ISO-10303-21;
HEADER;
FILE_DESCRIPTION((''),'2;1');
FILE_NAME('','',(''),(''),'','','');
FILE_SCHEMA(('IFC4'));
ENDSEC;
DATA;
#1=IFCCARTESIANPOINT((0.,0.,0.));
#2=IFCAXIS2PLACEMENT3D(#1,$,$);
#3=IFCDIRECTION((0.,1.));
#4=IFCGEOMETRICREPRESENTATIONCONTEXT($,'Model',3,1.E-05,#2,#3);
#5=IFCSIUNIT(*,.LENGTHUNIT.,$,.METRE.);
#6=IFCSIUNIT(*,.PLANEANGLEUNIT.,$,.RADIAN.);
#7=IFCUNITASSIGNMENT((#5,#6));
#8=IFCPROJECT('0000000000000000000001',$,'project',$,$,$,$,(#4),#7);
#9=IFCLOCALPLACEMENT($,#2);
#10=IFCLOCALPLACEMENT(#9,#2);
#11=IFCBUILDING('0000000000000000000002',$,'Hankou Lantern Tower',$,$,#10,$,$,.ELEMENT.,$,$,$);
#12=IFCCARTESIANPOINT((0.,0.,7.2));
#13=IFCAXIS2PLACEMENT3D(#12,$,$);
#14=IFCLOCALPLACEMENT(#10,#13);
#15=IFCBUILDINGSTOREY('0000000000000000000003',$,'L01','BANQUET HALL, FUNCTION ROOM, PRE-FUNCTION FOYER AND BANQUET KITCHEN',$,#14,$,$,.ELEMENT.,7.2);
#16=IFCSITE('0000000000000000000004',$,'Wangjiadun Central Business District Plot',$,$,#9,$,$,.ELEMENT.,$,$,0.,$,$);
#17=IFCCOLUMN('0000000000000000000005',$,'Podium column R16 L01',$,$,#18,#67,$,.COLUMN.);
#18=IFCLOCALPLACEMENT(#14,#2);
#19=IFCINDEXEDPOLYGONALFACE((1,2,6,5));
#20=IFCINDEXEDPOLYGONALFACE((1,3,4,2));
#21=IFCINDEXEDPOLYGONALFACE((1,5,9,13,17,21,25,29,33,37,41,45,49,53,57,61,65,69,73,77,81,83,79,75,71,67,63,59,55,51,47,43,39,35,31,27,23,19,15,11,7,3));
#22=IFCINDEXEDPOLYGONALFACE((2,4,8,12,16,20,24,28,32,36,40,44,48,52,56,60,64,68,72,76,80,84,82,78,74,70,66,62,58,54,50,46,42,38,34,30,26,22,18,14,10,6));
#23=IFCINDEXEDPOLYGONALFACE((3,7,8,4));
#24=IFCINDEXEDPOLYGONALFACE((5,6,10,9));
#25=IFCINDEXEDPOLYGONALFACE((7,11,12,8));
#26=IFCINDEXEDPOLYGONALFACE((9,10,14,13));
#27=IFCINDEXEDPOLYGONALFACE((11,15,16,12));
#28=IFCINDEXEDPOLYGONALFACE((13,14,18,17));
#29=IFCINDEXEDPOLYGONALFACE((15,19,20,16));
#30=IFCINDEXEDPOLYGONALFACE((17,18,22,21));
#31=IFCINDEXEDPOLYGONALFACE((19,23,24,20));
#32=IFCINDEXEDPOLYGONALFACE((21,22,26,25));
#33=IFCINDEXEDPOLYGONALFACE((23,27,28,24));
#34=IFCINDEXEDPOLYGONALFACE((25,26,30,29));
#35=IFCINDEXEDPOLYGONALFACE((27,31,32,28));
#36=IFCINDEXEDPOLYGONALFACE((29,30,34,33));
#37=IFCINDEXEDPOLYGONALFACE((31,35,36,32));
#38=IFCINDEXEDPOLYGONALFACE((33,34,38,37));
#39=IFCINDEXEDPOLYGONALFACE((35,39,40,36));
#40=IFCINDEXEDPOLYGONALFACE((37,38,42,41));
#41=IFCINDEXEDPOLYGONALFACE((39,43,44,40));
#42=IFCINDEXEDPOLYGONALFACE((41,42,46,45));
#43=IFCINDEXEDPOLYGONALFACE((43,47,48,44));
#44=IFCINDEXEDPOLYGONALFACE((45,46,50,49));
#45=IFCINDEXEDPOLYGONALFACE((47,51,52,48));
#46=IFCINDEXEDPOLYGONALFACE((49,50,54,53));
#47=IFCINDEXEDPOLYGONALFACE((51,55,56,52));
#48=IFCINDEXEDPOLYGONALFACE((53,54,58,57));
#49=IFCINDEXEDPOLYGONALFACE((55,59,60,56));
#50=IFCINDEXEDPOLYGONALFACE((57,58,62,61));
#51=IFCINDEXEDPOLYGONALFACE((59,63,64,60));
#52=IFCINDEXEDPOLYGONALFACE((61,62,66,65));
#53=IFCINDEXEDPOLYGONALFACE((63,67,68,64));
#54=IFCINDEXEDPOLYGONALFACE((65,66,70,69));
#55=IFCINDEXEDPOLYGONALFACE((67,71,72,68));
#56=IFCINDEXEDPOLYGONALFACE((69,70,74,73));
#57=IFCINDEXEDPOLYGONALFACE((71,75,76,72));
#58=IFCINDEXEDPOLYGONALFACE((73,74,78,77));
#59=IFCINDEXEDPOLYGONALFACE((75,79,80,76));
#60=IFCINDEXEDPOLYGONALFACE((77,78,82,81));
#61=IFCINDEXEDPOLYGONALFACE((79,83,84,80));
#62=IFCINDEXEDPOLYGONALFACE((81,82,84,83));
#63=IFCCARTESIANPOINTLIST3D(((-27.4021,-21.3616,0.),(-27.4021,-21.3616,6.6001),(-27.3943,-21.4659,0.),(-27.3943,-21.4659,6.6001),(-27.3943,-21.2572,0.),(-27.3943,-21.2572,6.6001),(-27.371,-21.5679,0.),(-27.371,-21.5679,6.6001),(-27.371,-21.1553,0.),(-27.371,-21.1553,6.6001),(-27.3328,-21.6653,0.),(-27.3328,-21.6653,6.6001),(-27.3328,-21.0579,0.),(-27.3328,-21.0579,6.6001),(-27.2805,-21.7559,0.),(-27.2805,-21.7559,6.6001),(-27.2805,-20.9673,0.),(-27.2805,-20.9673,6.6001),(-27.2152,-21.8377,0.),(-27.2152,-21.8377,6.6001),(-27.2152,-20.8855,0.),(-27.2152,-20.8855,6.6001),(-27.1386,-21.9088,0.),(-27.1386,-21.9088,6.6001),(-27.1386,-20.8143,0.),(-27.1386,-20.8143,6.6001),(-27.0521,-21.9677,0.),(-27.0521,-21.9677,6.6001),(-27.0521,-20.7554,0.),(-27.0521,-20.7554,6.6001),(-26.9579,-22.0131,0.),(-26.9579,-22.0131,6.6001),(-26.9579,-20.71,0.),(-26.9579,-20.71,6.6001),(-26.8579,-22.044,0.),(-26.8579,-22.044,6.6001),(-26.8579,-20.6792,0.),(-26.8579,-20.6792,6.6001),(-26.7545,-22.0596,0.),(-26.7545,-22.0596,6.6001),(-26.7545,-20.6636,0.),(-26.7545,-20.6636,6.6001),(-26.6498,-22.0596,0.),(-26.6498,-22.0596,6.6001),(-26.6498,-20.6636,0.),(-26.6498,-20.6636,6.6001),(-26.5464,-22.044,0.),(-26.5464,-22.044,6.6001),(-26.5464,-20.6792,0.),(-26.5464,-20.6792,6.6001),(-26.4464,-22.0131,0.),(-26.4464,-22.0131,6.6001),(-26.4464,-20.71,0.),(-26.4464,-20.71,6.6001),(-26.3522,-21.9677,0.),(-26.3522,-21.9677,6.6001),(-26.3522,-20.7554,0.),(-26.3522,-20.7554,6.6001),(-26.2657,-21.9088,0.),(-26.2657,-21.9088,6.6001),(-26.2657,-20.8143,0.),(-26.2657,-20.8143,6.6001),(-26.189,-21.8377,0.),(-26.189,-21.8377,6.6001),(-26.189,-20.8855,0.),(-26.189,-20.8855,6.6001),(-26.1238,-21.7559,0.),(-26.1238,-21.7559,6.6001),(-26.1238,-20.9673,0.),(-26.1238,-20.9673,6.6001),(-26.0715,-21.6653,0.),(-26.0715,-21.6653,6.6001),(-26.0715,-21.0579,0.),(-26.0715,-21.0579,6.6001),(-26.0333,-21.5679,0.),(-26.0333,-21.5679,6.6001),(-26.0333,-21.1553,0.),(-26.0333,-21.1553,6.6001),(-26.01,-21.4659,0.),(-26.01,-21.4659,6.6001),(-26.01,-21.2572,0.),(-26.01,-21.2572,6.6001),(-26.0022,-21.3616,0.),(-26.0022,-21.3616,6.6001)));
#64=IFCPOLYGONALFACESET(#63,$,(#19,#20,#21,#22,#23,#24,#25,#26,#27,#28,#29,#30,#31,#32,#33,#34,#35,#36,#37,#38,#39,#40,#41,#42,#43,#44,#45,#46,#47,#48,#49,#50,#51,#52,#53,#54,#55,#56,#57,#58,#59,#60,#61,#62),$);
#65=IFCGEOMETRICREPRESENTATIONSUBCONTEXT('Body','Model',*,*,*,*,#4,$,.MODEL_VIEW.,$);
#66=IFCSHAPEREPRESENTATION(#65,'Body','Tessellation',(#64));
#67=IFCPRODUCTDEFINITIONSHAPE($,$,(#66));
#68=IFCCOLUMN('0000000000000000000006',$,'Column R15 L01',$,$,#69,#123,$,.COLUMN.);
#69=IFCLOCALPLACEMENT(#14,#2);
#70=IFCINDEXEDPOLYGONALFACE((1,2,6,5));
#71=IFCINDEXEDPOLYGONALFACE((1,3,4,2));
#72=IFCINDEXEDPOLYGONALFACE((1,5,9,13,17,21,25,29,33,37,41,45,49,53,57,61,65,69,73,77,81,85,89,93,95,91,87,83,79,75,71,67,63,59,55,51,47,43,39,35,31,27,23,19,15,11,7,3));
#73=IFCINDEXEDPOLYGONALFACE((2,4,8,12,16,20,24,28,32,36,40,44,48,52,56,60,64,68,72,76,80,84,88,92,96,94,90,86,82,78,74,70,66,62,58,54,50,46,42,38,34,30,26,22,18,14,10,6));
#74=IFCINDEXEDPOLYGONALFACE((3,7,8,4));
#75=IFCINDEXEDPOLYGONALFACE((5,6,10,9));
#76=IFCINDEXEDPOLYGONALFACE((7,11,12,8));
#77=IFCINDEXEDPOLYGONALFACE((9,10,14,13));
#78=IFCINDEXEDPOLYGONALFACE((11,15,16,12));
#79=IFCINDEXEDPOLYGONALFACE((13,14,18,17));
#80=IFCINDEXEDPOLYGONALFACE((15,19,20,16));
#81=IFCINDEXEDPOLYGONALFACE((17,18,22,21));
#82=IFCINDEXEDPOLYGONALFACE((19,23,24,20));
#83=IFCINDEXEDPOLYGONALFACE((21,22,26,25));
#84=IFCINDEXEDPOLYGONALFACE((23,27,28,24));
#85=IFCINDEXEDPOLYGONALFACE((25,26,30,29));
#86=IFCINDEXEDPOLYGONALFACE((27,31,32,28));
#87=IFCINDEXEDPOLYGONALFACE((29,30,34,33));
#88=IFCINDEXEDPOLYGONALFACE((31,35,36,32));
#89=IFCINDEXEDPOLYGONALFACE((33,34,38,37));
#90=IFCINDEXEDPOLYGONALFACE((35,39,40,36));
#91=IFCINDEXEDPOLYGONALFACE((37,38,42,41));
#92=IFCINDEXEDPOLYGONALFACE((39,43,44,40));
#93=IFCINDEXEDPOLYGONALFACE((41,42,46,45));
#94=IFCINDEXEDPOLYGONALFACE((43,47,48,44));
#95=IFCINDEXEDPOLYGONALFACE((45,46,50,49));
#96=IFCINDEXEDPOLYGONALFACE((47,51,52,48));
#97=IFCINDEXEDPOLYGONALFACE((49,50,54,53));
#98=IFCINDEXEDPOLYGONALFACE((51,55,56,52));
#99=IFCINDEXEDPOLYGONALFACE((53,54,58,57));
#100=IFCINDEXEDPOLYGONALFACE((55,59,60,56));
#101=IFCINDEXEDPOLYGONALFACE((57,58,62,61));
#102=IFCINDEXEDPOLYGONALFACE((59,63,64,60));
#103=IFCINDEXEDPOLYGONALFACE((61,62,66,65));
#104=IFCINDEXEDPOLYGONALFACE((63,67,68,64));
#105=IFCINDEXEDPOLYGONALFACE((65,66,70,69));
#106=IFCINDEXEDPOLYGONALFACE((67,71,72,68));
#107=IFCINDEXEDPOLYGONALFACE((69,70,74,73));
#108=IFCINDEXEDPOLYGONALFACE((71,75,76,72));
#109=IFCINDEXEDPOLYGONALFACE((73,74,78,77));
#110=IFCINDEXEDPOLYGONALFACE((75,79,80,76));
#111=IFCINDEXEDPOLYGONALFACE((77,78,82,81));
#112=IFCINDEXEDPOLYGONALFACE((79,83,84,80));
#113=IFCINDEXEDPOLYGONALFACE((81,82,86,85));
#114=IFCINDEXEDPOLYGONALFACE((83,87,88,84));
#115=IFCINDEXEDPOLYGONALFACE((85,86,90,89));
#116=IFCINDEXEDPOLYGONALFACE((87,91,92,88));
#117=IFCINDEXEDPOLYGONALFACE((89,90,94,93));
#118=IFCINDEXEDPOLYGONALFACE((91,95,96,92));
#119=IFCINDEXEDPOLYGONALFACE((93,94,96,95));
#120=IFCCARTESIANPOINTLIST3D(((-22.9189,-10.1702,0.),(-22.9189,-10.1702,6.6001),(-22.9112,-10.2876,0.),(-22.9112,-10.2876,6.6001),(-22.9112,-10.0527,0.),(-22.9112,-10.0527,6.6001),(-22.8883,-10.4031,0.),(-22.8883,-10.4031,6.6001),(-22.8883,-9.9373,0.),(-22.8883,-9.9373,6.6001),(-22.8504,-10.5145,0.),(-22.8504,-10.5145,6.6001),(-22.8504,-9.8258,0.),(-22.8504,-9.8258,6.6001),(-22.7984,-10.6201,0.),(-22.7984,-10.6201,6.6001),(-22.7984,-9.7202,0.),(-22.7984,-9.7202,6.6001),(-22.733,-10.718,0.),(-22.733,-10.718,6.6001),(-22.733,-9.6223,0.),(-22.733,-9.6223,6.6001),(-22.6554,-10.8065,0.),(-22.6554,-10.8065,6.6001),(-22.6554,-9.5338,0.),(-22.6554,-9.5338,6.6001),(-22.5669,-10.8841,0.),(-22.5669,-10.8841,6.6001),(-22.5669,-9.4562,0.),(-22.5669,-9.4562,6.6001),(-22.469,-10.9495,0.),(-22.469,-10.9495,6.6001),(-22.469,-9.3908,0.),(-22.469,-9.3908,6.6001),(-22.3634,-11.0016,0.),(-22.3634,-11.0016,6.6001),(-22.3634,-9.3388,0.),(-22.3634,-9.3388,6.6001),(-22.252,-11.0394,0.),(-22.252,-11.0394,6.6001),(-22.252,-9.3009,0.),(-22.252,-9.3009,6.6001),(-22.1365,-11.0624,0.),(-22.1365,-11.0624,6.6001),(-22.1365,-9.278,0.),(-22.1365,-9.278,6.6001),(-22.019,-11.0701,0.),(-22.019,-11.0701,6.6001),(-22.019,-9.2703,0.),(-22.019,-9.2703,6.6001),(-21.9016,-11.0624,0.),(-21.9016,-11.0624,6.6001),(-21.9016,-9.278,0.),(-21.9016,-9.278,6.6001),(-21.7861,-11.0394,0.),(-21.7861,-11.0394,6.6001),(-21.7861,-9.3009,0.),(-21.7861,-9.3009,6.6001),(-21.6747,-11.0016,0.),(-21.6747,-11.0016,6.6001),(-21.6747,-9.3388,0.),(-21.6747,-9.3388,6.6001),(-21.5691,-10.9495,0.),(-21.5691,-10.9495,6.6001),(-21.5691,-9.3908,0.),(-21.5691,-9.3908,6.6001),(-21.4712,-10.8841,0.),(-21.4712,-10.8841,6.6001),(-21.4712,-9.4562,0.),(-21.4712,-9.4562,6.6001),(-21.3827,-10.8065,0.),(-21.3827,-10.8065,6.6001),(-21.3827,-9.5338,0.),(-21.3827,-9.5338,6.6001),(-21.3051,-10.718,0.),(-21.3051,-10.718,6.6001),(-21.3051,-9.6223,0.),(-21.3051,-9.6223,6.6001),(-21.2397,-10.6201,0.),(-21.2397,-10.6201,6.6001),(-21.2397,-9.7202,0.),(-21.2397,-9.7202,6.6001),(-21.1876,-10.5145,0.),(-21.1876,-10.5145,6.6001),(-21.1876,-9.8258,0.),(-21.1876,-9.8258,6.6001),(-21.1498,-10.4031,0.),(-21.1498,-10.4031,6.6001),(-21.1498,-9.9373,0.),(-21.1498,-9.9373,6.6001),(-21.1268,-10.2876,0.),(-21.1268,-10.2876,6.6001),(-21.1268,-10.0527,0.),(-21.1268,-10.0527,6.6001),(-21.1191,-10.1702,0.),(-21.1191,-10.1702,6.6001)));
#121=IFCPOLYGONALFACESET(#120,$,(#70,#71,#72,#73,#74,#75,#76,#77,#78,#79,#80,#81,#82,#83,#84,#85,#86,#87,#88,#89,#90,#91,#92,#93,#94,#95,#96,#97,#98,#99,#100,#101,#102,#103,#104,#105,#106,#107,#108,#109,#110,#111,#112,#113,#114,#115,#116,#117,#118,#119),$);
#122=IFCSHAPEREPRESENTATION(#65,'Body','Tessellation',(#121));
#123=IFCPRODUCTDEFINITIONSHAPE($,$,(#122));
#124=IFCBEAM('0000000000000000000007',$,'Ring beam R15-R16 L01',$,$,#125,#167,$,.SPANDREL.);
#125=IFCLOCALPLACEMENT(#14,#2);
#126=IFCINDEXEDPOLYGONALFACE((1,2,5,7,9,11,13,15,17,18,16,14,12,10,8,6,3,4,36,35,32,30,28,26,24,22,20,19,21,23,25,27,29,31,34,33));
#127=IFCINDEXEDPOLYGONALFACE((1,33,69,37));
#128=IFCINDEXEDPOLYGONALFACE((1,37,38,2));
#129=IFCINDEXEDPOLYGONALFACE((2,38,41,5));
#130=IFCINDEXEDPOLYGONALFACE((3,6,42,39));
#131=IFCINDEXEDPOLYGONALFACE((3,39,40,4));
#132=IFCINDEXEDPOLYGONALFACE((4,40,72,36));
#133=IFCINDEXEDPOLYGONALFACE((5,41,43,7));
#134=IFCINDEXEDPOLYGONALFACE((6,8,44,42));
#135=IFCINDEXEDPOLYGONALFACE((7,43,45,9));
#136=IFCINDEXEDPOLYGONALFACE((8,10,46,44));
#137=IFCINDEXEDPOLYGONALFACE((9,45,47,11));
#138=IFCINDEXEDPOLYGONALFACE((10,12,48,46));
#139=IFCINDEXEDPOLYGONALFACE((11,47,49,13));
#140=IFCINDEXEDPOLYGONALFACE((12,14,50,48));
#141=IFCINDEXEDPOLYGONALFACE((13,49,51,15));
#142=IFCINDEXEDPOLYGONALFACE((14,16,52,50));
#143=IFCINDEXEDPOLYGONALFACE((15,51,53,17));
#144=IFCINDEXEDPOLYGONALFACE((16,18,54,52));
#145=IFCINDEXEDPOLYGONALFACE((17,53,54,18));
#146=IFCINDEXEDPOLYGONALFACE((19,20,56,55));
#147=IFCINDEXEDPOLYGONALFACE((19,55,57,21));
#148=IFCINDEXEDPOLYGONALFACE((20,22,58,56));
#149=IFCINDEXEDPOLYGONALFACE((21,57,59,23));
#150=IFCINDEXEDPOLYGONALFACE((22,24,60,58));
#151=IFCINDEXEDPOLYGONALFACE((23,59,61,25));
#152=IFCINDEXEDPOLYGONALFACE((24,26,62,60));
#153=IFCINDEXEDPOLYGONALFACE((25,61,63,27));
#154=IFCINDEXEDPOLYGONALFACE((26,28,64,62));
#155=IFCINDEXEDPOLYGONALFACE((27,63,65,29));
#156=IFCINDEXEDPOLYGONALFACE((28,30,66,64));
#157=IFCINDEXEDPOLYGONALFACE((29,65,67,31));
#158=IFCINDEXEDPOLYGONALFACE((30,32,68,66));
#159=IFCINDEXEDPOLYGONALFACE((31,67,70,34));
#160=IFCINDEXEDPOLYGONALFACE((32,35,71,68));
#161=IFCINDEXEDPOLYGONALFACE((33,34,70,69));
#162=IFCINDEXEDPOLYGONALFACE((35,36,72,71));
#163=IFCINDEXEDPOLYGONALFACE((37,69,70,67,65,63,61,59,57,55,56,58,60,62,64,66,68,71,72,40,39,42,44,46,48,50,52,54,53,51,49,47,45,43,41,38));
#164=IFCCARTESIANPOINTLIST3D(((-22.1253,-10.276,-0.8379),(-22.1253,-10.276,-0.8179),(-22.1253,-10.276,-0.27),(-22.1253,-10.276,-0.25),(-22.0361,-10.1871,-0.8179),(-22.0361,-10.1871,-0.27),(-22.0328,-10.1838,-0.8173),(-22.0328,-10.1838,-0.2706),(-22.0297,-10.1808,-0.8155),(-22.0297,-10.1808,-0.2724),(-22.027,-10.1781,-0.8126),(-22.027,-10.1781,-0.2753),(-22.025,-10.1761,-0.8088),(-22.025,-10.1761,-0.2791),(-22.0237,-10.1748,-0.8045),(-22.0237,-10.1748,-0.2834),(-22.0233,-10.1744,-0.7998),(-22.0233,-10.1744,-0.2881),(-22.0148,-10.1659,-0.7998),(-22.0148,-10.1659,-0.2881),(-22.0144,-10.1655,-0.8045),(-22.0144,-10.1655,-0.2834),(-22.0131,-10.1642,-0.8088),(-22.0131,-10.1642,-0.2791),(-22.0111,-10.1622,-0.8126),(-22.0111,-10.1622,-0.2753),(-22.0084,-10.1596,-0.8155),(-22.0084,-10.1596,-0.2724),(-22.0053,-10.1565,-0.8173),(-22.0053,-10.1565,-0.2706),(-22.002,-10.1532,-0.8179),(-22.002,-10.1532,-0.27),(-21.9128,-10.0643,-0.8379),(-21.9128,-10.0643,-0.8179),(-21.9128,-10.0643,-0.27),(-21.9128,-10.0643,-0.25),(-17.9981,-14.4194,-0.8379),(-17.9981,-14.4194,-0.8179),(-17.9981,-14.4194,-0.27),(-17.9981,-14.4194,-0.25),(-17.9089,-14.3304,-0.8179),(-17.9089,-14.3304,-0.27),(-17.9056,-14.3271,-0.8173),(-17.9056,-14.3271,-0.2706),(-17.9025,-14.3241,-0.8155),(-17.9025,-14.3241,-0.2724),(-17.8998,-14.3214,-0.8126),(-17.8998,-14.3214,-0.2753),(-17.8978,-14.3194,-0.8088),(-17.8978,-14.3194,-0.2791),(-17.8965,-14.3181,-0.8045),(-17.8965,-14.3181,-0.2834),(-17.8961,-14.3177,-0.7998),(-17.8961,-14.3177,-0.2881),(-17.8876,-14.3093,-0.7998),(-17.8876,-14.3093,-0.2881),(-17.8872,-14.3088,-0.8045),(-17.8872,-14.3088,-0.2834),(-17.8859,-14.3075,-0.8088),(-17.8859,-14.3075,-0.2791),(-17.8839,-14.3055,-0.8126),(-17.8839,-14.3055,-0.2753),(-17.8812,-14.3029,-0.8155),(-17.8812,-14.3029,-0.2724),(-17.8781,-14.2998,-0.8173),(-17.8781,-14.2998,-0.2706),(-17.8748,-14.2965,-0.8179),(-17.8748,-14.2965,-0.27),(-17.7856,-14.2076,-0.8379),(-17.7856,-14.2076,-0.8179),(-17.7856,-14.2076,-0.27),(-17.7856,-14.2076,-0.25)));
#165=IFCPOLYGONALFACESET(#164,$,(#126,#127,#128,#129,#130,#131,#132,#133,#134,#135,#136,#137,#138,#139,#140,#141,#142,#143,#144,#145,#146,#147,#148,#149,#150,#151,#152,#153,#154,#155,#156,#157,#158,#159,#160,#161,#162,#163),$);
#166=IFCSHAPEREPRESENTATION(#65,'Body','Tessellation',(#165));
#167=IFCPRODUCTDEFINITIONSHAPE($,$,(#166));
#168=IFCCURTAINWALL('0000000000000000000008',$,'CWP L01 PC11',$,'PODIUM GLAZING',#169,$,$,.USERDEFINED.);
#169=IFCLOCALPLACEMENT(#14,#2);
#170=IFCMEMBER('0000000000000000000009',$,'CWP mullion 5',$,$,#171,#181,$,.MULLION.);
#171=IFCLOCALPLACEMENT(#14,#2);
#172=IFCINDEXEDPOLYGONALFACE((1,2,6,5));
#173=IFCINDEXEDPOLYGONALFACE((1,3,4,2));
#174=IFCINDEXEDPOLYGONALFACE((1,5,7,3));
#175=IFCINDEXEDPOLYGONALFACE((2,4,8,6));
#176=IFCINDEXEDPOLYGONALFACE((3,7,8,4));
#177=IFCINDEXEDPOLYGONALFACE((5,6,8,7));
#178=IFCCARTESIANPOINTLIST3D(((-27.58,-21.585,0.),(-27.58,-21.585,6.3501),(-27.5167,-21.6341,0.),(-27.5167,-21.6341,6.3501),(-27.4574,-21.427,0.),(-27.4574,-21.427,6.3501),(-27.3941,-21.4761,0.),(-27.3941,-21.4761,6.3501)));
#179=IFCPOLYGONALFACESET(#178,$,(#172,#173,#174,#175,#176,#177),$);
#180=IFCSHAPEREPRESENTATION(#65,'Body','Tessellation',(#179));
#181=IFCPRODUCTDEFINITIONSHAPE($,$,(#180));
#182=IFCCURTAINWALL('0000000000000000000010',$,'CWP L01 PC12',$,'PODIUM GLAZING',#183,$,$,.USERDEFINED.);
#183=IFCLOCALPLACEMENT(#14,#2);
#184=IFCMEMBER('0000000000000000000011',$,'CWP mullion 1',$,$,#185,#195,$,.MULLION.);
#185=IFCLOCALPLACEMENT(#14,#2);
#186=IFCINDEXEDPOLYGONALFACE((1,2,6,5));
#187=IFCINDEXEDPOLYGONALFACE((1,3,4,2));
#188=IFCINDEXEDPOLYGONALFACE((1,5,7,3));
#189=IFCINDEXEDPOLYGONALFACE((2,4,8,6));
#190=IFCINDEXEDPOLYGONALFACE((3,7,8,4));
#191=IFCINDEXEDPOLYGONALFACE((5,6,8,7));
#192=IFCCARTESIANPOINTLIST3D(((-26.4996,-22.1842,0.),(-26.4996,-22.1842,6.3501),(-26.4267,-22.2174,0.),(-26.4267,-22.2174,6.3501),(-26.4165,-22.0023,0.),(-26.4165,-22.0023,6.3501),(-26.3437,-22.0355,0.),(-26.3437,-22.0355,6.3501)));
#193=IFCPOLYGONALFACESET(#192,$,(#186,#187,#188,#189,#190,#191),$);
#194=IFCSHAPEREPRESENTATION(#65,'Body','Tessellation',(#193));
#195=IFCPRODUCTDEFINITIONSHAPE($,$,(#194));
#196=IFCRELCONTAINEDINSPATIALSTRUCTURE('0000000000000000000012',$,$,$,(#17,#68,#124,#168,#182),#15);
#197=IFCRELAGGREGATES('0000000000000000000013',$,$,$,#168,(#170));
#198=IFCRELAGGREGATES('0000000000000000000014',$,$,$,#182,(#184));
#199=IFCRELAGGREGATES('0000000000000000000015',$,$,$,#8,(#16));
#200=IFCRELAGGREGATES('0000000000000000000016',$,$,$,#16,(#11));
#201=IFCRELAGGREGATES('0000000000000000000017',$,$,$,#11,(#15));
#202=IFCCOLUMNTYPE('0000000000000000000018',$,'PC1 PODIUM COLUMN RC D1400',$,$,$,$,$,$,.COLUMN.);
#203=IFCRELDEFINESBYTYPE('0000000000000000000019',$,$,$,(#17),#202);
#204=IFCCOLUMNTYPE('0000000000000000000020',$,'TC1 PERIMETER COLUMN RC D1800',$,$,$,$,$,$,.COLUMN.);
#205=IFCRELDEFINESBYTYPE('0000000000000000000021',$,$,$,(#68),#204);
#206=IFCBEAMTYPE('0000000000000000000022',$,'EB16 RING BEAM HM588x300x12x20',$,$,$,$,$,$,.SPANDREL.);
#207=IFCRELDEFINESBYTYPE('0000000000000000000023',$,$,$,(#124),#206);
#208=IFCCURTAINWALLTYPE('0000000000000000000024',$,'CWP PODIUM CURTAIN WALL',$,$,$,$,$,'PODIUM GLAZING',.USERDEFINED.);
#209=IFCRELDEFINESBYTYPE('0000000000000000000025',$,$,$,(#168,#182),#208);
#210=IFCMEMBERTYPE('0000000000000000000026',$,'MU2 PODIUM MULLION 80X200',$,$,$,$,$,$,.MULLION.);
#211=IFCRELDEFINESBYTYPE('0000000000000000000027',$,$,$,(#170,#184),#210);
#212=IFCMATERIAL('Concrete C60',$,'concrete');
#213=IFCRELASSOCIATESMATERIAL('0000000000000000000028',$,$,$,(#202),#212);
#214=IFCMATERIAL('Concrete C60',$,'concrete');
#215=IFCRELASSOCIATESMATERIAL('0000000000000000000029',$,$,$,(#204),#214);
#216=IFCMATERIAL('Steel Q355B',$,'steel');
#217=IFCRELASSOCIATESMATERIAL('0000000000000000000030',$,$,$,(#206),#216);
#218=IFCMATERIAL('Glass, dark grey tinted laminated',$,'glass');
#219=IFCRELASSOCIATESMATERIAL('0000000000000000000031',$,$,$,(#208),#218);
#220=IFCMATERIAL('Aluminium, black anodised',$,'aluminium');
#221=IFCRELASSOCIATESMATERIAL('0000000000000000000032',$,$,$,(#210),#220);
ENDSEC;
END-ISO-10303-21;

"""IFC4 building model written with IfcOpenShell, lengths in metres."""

from ifc_helpers import new_model, si_unit, direction, frame, origin, origin_2d, place, context, subcontext, project, spatial, rectangle, circle, i_section, extrude, material, material_profile, profile_set, type_object, element, aggregate, save


model = new_model("IFC4")

# Units and contexts
model_context = context("Model", 3, precision=1e-05, world=origin(), true_north=direction((0.0, 1.0)))
body_context = subcontext(model_context, "Body", "Model", "MODEL_VIEW")
ifc_project = project(units=[si_unit("LENGTHUNIT", "METRE"), si_unit("PLANEANGLEUNIT", "RADIAN")], contexts=[model_context])

# Site, building, storey
site_placement = place(None, origin())
site = spatial("IfcSite", under=ifc_project, at=site_placement, Name="Wangjiadun Central Business District Plot", CompositionType="ELEMENT", RefElevation=0.0)
building_placement = place(site_placement, origin())
building = spatial("IfcBuilding", under=site, at=building_placement, Name="Hankou Lantern Tower", CompositionType="ELEMENT")
storey_placement = place(building_placement, frame((0.0, 0.0, 7.2)))
storey = spatial("IfcBuildingStorey", under=building, at=storey_placement, Name="L01", Description="BANQUET HALL, FUNCTION ROOM, PRE-FUNCTION FOYER AND BANQUET KITCHEN", CompositionType="ELEMENT", Elevation=7.2)

# Columns
ifc_material_1 = material(Name="Concrete C60", Category="concrete")
ifc_material_profile_1 = material_profile(ifc_material_1, circle(Radius=0.7, at=origin_2d()), Name="RC D1400")
ifc_profile_set_1 = profile_set([ifc_material_profile_1], Name="Concrete C60")
column_type_1 = type_object("IfcColumnType", Name="PC1 PODIUM COLUMN RC D1400", PredefinedType="COLUMN", material=ifc_profile_set_1)
column_1_placement = place(storey_placement, frame((-26.7021, -21.3616, 0.0), z_axis=(0.0, 0.0, 1.0), x_axis=(1.0, 0.0, 0.0)))
element("IfcColumn", 1, at=column_1_placement, inside=storey, type_object=column_type_1, Name="Podium column R16 L01", PredefinedType="COLUMN", context=body_context, shape_type="SweptSolid", body=[
    extrude(circle(Radius=0.7, at=origin_2d()), origin(), (0.0, 0.0, 1.0), 6.6001),
])
ifc_material_2 = material(Name="Concrete C60", Category="concrete")
ifc_material_profile_2 = material_profile(ifc_material_2, circle(Radius=0.8999, at=origin_2d()), Name="RC D1800")
ifc_profile_set_2 = profile_set([ifc_material_profile_2], Name="Concrete C60")
column_type_2 = type_object("IfcColumnType", Name="TC1 PERIMETER COLUMN RC D1800", PredefinedType="COLUMN", material=ifc_profile_set_2)
column_2_placement = place(storey_placement, frame((-22.019, -10.1702, 0.0), z_axis=(0.0, 0.0, 1.0), x_axis=(1.0, 0.0, 0.0)))
element("IfcColumn", 2, at=column_2_placement, inside=storey, type_object=column_type_2, Name="Column R15 L01", PredefinedType="COLUMN", context=body_context, shape_type="SweptSolid", body=[
    extrude(circle(Radius=0.8999, at=origin_2d()), origin(), (0.0, 0.0, 1.0), 6.6001),
])

# Beam
ifc_material_3 = material(Name="Steel Q355B", Category="steel")
ifc_material_profile_3 = material_profile(ifc_material_3, i_section(OverallWidth=0.3, OverallDepth=0.5879, WebThickness=0.012, FlangeThickness=0.02, FilletRadius=0.0181, at=origin_2d()), Name="HM588x300x12x20")
ifc_profile_set_3 = profile_set([ifc_material_profile_3], Name="Steel Q355B")
beam_type_1 = type_object("IfcBeamType", Name="EB16 RING BEAM HM588x300x12x20", PredefinedType="SPANDREL", material=ifc_profile_set_3)
beam_1_placement = place(storey_placement, frame((-22.019, -10.1702, -0.5439), z_axis=(0.705728, -0.708483, 0.0), x_axis=(0.708483, 0.705728, 0.0)))
element("IfcBeam", 3, at=beam_1_placement, inside=storey, type_object=beam_type_1, Name="Ring beam R15-R16 L01", PredefinedType="SPANDREL", context=body_context, shape_type="SweptSolid", body=[
    extrude(i_section(OverallWidth=0.3, OverallDepth=0.5879, WebThickness=0.012, FlangeThickness=0.02, FilletRadius=0.0181, at=origin_2d()), origin(), (0.0, 0.0, 1.0), 5.8481),
])

# Curtain wall, member
ifc_material_4 = material(Name="Glass, dark grey tinted laminated", Category="glass")
curtain_wall_type = type_object("IfcCurtainWallType", Name="CWP PODIUM CURTAIN WALL", ElementType="PODIUM GLAZING", PredefinedType="USERDEFINED", material=ifc_material_4)
curtain_wall_1_placement = place(storey_placement, origin())
curtain_wall_1 = element("IfcCurtainWall", 4, at=curtain_wall_1_placement, inside=storey, type_object=curtain_wall_type, Name="CWP L01 PC11", ObjectType="PODIUM GLAZING", PredefinedType="USERDEFINED")
ifc_material_5 = material(Name="Aluminium, black anodised", Category="aluminium")
ifc_material_profile_4 = material_profile(ifc_material_5, rectangle(XDim=0.0801, YDim=0.2, at=origin_2d()), Name="MU2 80X200")
ifc_profile_set_4 = profile_set([ifc_material_profile_4], Name="Aluminium, black anodised")
member_type_1 = type_object("IfcMemberType", Name="MU2 PODIUM MULLION 80X200", PredefinedType="MULLION", material=ifc_profile_set_4)
member_1_placement = place(storey_placement, frame((-27.4871, -21.5305, 0.0), z_axis=(0.0, 0.0, 1.0), x_axis=(0.79013, -0.61294, 0.0)))
member_1 = element("IfcMember", 5, at=member_1_placement, type_object=member_type_1, Name="CWP mullion 5", PredefinedType="MULLION", context=body_context, shape_type="SweptSolid", body=[
    extrude(rectangle(XDim=0.0801, YDim=0.2, at=origin_2d()), origin(), (0.0, 0.0, 1.0), 6.3501),
])

# Curtain wall, member
curtain_wall_2_placement = place(storey_placement, origin())
curtain_wall_2 = element("IfcCurtainWall", 6, at=curtain_wall_2_placement, inside=storey, type_object=curtain_wall_type, Name="CWP L01 PC12", ObjectType="PODIUM GLAZING", PredefinedType="USERDEFINED")
member_2_placement = place(storey_placement, frame((-26.4216, -22.1099, 0.0), z_axis=(0.0, 0.0, 1.0), x_axis=(0.90967, -0.415332, 0.0)))
member_2 = element("IfcMember", 7, at=member_2_placement, type_object=member_type_1, Name="CWP mullion 1", PredefinedType="MULLION", context=body_context, shape_type="SweptSolid", body=[
    extrude(rectangle(XDim=0.0801, YDim=0.2, at=origin_2d()), origin(), (0.0, 0.0, 1.0), 6.3501),
])

aggregate(curtain_wall_1, [member_1])
aggregate(curtain_wall_2, [member_2])

save(model, "model.ifc")
